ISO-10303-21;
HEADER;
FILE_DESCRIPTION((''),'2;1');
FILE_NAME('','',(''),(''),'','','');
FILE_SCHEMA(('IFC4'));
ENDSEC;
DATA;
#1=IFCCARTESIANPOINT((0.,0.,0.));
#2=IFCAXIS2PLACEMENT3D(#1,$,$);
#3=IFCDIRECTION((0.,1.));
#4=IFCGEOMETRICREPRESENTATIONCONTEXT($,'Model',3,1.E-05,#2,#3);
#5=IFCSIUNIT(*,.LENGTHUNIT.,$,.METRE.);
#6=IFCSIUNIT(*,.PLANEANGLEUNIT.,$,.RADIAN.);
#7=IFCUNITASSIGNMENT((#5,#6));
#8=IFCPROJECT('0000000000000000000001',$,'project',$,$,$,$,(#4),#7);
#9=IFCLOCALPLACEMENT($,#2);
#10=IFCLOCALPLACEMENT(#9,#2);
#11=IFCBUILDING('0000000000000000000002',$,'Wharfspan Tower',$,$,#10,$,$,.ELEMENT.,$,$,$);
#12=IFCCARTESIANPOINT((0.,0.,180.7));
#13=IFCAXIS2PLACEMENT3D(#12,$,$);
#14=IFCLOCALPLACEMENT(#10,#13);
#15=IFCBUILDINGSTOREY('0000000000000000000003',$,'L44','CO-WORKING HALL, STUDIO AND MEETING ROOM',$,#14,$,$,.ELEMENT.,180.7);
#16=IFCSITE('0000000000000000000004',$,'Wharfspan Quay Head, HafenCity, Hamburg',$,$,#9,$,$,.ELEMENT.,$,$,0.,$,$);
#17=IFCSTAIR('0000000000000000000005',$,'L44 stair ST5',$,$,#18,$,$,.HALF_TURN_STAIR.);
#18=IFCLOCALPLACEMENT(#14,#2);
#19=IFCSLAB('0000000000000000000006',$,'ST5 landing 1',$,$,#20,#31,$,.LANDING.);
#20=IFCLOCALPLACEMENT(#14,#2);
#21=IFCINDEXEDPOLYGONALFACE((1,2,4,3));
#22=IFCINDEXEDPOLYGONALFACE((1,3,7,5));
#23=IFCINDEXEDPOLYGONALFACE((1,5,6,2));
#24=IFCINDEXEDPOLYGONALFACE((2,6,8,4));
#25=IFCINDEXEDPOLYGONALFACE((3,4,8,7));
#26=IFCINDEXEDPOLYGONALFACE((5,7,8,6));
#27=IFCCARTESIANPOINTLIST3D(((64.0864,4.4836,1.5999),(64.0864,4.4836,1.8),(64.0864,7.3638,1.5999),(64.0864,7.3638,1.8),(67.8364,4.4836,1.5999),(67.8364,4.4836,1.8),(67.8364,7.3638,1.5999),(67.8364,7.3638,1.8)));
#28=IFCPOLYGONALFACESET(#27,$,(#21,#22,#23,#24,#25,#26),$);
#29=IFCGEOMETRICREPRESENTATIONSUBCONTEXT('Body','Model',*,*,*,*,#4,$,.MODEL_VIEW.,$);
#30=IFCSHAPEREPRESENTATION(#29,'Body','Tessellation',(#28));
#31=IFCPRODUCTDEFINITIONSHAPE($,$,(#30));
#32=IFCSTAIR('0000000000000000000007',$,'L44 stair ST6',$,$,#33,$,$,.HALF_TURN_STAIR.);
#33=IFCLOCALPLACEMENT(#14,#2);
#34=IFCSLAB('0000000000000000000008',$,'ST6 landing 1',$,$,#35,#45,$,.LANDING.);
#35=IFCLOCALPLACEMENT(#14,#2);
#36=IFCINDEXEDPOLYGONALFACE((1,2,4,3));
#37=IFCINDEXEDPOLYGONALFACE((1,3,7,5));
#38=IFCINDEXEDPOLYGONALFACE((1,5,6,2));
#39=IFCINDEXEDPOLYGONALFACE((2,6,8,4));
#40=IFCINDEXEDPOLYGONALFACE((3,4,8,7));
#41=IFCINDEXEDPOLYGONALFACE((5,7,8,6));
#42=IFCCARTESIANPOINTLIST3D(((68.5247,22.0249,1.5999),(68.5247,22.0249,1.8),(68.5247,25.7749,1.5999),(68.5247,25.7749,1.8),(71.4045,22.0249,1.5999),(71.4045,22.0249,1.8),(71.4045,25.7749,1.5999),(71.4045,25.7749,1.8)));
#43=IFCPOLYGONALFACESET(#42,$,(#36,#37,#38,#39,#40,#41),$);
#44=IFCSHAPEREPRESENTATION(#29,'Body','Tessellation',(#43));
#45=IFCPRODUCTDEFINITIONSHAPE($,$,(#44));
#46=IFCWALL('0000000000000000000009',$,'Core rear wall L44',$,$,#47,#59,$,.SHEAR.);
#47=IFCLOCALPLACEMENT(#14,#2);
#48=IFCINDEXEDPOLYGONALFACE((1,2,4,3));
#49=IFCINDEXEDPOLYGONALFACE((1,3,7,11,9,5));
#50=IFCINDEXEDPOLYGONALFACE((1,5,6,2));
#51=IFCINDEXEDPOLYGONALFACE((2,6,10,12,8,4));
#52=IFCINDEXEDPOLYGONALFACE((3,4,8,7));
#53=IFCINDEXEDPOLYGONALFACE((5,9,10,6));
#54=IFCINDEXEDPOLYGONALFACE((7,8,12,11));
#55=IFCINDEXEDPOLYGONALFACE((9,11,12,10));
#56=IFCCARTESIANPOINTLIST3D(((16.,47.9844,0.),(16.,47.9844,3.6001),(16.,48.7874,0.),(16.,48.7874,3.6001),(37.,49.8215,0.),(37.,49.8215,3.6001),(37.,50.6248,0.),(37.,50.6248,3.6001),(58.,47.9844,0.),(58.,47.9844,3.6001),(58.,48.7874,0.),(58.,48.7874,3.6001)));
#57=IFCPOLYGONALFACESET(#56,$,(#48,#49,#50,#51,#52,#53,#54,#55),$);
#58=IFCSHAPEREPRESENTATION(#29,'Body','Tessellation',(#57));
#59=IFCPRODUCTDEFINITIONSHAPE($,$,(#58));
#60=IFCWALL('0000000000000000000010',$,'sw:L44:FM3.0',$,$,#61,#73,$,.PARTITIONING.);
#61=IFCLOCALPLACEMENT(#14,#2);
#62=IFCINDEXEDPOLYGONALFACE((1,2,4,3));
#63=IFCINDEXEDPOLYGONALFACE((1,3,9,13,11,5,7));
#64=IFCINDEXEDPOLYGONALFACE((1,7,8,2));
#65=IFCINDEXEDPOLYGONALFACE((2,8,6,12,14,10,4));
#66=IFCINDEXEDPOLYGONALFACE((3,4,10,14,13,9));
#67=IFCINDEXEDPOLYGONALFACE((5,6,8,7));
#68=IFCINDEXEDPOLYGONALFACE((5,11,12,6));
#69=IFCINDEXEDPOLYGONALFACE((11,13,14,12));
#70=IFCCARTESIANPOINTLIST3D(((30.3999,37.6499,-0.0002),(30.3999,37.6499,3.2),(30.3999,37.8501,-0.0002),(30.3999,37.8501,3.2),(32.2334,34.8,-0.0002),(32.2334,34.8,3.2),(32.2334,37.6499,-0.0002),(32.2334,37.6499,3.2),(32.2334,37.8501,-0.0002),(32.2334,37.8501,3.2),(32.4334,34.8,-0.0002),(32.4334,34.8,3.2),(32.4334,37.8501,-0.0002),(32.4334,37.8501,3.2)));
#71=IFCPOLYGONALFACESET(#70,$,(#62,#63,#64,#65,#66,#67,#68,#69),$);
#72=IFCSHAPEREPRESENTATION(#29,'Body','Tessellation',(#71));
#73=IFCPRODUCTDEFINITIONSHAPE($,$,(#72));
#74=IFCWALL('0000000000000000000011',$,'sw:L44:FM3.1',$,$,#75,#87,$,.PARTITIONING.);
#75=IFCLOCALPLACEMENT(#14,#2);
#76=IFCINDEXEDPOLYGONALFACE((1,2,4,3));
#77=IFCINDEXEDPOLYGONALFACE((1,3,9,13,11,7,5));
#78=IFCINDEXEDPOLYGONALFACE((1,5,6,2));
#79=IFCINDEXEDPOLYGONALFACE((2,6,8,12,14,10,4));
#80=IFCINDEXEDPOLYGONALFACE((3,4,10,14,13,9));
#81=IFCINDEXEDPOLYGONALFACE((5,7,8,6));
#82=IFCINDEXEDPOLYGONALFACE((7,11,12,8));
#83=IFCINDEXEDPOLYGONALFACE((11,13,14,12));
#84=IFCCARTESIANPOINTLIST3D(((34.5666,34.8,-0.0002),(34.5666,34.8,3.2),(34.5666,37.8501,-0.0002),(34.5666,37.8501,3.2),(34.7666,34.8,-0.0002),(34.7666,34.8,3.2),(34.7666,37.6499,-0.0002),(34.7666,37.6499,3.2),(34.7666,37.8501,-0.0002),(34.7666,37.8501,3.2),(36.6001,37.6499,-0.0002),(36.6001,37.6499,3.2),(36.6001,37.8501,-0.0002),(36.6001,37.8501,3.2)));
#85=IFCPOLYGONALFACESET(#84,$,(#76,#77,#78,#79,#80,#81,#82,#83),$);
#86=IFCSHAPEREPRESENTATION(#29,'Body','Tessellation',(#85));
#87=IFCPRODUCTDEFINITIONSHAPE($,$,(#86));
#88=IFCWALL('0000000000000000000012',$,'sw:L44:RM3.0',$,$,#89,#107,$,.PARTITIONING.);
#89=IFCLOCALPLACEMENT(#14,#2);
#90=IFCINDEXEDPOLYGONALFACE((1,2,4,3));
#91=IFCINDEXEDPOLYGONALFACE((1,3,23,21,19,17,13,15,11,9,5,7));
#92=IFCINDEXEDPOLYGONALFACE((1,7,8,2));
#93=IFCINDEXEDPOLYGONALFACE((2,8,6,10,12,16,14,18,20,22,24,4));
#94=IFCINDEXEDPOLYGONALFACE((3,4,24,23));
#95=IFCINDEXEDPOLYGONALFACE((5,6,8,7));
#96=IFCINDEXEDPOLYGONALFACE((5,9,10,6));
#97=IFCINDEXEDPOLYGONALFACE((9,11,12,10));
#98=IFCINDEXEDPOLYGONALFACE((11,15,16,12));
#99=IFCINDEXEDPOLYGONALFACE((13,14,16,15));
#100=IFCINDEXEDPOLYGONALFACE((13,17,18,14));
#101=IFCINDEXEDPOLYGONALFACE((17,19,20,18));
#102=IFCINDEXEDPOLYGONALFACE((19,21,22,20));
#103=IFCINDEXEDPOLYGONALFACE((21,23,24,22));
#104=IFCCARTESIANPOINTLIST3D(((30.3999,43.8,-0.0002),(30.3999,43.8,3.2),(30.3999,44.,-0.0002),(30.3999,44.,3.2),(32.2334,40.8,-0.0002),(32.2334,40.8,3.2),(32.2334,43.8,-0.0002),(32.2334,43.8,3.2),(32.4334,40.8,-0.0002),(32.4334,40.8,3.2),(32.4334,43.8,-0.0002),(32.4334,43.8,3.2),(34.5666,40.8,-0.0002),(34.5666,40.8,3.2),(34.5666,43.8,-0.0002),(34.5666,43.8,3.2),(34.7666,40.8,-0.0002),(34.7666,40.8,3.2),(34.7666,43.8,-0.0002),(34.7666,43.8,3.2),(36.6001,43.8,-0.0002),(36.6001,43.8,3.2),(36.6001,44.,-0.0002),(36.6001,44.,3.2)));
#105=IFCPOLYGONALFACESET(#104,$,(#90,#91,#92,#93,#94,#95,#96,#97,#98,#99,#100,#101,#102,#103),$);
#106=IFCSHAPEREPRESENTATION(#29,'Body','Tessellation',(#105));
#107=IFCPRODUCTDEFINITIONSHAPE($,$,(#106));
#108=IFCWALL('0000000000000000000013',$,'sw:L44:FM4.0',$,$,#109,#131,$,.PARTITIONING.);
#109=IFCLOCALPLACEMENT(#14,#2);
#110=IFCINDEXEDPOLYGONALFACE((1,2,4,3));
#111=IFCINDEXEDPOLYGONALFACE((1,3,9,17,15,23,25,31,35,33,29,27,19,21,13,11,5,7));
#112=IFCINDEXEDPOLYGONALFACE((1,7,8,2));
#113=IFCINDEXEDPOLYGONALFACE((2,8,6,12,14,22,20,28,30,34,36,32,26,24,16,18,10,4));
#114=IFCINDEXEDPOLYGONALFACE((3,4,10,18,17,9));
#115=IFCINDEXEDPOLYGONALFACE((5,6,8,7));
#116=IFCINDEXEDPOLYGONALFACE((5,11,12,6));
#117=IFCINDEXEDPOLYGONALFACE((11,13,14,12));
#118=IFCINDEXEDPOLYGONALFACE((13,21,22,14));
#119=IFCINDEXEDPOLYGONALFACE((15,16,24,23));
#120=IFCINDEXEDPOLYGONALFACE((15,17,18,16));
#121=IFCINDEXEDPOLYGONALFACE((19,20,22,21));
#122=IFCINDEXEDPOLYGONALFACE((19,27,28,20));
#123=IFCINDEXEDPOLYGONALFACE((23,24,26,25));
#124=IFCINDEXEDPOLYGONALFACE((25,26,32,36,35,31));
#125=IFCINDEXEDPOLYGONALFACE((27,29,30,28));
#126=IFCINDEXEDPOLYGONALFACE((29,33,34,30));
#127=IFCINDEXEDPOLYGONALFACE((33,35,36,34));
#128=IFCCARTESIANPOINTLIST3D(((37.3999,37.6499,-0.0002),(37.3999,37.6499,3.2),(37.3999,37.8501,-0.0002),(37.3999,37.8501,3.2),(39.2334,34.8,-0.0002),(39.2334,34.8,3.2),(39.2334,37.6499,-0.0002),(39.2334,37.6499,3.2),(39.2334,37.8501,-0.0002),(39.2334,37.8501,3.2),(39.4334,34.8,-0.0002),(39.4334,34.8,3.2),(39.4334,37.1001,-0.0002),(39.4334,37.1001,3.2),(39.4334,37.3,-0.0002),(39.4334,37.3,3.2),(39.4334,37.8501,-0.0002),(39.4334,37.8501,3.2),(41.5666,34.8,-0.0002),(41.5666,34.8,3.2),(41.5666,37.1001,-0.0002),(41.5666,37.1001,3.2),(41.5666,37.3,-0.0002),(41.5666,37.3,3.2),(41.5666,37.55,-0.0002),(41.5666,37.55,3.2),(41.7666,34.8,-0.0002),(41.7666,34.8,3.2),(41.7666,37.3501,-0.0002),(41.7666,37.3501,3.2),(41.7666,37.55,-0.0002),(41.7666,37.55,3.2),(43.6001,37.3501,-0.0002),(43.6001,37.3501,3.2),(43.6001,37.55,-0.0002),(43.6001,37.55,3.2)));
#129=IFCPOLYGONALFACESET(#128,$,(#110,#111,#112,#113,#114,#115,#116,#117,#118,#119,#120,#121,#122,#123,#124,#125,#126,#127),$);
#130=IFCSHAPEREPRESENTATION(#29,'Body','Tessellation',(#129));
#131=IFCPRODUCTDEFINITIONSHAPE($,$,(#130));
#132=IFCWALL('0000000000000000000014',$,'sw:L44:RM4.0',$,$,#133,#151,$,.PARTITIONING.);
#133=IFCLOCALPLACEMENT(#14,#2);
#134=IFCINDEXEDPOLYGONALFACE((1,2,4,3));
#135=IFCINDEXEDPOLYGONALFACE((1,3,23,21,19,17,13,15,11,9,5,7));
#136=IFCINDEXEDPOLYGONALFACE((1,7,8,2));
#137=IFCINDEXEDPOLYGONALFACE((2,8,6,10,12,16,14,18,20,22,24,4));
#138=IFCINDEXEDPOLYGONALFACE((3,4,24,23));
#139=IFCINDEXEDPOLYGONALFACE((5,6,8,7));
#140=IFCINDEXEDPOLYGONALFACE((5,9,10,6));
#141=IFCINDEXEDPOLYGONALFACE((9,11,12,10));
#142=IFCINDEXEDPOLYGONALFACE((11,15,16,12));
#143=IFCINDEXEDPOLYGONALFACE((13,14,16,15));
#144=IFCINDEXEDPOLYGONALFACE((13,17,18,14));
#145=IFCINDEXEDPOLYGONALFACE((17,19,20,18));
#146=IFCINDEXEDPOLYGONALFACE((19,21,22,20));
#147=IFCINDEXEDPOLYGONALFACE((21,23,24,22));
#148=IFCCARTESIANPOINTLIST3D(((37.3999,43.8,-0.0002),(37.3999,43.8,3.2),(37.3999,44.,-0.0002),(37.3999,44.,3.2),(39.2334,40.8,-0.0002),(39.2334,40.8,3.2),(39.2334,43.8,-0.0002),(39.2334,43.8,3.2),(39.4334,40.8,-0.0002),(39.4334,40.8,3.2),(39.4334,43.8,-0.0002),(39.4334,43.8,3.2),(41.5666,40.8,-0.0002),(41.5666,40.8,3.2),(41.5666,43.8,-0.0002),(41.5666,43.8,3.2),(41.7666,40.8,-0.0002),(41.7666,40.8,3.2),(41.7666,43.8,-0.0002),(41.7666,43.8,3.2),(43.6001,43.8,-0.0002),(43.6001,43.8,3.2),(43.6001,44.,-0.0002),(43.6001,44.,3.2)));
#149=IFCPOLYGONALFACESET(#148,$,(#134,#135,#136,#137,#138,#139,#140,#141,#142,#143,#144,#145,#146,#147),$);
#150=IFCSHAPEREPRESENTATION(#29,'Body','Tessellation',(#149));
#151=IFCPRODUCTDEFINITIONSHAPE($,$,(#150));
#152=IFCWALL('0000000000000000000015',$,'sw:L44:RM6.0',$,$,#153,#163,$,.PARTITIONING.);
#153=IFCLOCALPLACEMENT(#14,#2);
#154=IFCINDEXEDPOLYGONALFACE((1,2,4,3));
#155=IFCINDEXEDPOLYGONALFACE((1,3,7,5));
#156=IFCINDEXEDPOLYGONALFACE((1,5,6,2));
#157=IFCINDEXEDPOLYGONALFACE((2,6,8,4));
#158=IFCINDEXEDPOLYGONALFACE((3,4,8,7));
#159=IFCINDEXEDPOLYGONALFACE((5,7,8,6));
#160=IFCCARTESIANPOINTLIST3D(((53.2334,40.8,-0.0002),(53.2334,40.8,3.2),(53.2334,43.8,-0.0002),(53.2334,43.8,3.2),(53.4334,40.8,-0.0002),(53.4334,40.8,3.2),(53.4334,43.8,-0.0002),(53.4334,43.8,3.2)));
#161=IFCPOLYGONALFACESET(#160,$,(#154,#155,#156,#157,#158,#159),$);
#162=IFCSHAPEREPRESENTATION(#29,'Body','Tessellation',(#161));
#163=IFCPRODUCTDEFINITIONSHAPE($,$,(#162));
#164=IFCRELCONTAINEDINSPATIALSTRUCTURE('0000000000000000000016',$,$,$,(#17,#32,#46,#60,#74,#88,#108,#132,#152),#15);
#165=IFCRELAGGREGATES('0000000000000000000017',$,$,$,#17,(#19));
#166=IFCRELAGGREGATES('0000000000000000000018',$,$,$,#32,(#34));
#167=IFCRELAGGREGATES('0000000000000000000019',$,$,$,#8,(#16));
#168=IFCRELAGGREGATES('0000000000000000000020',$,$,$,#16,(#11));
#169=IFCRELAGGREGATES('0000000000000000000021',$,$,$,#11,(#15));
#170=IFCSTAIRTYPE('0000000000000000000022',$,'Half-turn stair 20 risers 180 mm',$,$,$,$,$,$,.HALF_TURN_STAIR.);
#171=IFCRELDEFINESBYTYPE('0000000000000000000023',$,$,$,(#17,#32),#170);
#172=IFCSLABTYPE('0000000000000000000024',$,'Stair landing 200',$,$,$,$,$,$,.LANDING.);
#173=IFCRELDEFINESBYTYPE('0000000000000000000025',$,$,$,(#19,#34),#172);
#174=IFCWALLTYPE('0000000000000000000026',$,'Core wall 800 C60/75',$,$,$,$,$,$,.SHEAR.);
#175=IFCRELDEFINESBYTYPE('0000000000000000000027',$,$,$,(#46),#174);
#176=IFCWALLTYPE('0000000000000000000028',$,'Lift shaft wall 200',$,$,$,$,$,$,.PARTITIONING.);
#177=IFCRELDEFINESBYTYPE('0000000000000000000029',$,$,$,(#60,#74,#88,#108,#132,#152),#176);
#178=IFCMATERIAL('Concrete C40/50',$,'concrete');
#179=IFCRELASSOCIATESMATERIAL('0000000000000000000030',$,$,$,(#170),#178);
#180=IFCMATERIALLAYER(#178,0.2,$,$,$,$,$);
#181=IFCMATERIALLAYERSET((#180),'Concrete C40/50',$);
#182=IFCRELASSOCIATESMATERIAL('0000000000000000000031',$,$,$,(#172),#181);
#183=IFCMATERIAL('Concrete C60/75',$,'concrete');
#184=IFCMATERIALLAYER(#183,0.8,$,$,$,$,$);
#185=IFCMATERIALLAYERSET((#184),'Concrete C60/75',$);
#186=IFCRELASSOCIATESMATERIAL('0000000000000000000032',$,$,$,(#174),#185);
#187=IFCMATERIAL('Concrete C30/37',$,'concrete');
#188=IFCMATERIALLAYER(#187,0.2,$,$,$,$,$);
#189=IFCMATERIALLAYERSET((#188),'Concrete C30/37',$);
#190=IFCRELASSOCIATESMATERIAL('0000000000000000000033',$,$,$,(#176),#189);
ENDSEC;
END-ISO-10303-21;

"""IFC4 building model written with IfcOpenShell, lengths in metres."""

from ifc_helpers import new_model, si_unit, direction, frame, origin, place, context, subcontext, project, spatial, polyline, outline, extrude, material, layer, layer_set, type_object, element, aggregate, save


model = new_model("IFC4")

# Units and contexts
model_context = context("Model", 3, precision=1e-05, world=origin(), true_north=direction((0.0, 1.0)))
body_context = subcontext(model_context, "Body", "Model", "MODEL_VIEW")
ifc_project = project(units=[si_unit("LENGTHUNIT", "METRE"), si_unit("PLANEANGLEUNIT", "RADIAN")], contexts=[model_context])

# Site, building, storey
site_placement = place(None, origin())
site = spatial("IfcSite", under=ifc_project, at=site_placement, Name="Wharfspan Quay Head, HafenCity, Hamburg", CompositionType="ELEMENT", RefElevation=0.0)
building_placement = place(site_placement, origin())
building = spatial("IfcBuilding", under=site, at=building_placement, Name="Wharfspan Tower", CompositionType="ELEMENT")
storey_placement = place(building_placement, frame((0.0, 0.0, 180.7)))
storey = spatial("IfcBuildingStorey", under=building, at=storey_placement, Name="L44", Description="CO-WORKING HALL, STUDIO AND MEETING ROOM", CompositionType="ELEMENT", Elevation=180.7)

# Shared definitions
ifc_material_1 = material(Name="Concrete C40/50", Category="concrete")

# Stairs, slabs
stair_type = type_object("IfcStairType", Name="Half-turn stair 20 risers 180 mm", PredefinedType="HALF_TURN_STAIR", material=ifc_material_1)
ifc_layer_1 = layer(ifc_material_1, 0.2)
ifc_layer_set_1 = layer_set([ifc_layer_1], Name="Concrete C40/50")
slab_type_1 = type_object("IfcSlabType", Name="Stair landing 200", PredefinedType="LANDING", material=ifc_layer_set_1)
stair_1_placement = place(storey_placement, origin())
stair_1 = element("IfcStair", 1, at=stair_1_placement, inside=storey, type_object=stair_type, Name="L44 stair ST5", PredefinedType="HALF_TURN_STAIR")
slab_1_placement = place(storey_placement, frame((0.0, 0.0, 1.5999)))
slab_1 = element("IfcSlab", 2, at=slab_1_placement, type_object=slab_type_1, Name="ST5 landing 1", PredefinedType="LANDING", context=body_context, shape_type="SweptSolid", body=[
    extrude(outline(polyline([(64.0864, 7.3638), (64.0864, 4.4836), (67.8364, 4.4836), (67.8364, 7.3638), (64.0864, 7.3638)])), origin(), (0.0, 0.0, 1.0), 0.2002),
])
aggregate(stair_1, [slab_1])
stair_2_placement = place(storey_placement, origin())
stair_2 = element("IfcStair", 3, at=stair_2_placement, inside=storey, type_object=stair_type, Name="L44 stair ST6", PredefinedType="HALF_TURN_STAIR")
slab_2_placement = place(storey_placement, frame((0.0, 0.0, 1.5999)))
slab_2 = element("IfcSlab", 4, at=slab_2_placement, type_object=slab_type_1, Name="ST6 landing 1", PredefinedType="LANDING", context=body_context, shape_type="SweptSolid", body=[
    extrude(outline(polyline([(68.5247, 22.0249), (71.4045, 22.0249), (71.4045, 25.7749), (68.5247, 25.7749), (68.5247, 22.0249)])), origin(), (0.0, 0.0, 1.0), 0.2002),
])
aggregate(stair_2, [slab_2])

# Walls
ifc_material_2 = material(Name="Concrete C60/75", Category="concrete")
ifc_layer_2 = layer(ifc_material_2, 0.8)
ifc_layer_set_2 = layer_set([ifc_layer_2], Name="Concrete C60/75")
wall_type_1 = type_object("IfcWallType", Name="Core wall 800 C60/75", PredefinedType="SHEAR", material=ifc_layer_set_2)
wall_1_placement = place(storey_placement, origin())
element("IfcWall", 5, at=wall_1_placement, inside=storey, type_object=wall_type_1, Name="Core rear wall L44", PredefinedType="SHEAR", context=body_context, shape_type="SweptSolid", body=[
    extrude(outline(polyline([(16.0, 47.9844), (37.0, 49.8215), (58.0, 47.9844), (58.0, 48.7874), (37.0, 50.6248), (16.0, 48.7874), (16.0, 47.9844)])), origin(), (0.0, 0.0, 1.0), 3.6001),
])
ifc_material_3 = material(Name="Concrete C30/37", Category="concrete")
ifc_layer_3 = layer(ifc_material_3, 0.2)
ifc_layer_set_3 = layer_set([ifc_layer_3], Name="Concrete C30/37")
wall_type_2 = type_object("IfcWallType", Name="Lift shaft wall 200", PredefinedType="PARTITIONING", material=ifc_layer_set_3)
wall_2_placement = place(storey_placement, frame((0.0, 0.0, -0.0002)))
element("IfcWall", 6, at=wall_2_placement, inside=storey, type_object=wall_type_2, Name="sw:L44:FM3.0", PredefinedType="PARTITIONING", context=body_context, shape_type="SweptSolid", body=[
    extrude(outline(polyline([(32.2334, 37.6499), (30.3999, 37.6499), (30.3999, 37.8501), (32.2334, 37.8501), (32.4333, 37.8501), (32.4333, 34.8), (32.2334, 34.8), (32.2334, 37.6499)])), origin(), (0.0, 0.0, 1.0), 3.2002),
])
wall_3_placement = place(storey_placement, frame((0.0, 0.0, -0.0002)))
element("IfcWall", 7, at=wall_3_placement, inside=storey, type_object=wall_type_2, Name="sw:L44:FM3.1", PredefinedType="PARTITIONING", context=body_context, shape_type="SweptSolid", body=[
    extrude(outline(polyline([(34.5667, 37.8501), (34.7666, 37.8501), (36.6001, 37.8501), (36.6001, 37.6499), (34.7666, 37.6499), (34.7666, 34.8), (34.5667, 34.8), (34.5667, 37.8501)])), origin(), (0.0, 0.0, 1.0), 3.2002),
])
wall_4_placement = place(storey_placement, frame((0.0, 0.0, -0.0002)))
element("IfcWall", 8, at=wall_4_placement, inside=storey, type_object=wall_type_2, Name="sw:L44:RM3.0", PredefinedType="PARTITIONING", context=body_context, shape_type="SweptSolid", body=[
    extrude(outline(polyline([(32.4333, 40.8), (32.2334, 40.8), (32.2334, 43.8), (30.3999, 43.8), (30.3999, 44.0), (36.6001, 44.0), (36.6001, 43.8), (34.7666, 43.8), (34.7666, 40.8), (34.5667, 40.8), (34.5667, 43.8), (32.4333, 43.8), (32.4333, 40.8)])), origin(), (0.0, 0.0, 1.0), 3.2002),
])
wall_5_placement = place(storey_placement, frame((0.0, 0.0, -0.0002)))
element("IfcWall", 9, at=wall_5_placement, inside=storey, type_object=wall_type_2, Name="sw:L44:FM4.0", PredefinedType="PARTITIONING", context=body_context, shape_type="SweptSolid", body=[
    extrude(outline(polyline([(41.5667, 37.1001), (39.4333, 37.1001), (39.4333, 34.8), (39.2334, 34.8), (39.2334, 37.6499), (37.3999, 37.6499), (37.3999, 37.8501), (39.2334, 37.8501), (39.4333, 37.8501), (39.4333, 37.3), (41.5667, 37.3), (41.5667, 37.55), (41.7666, 37.55), (43.6001, 37.55), (43.6001, 37.3501), (41.7666, 37.3501), (41.7666, 34.8), (41.5667, 34.8), (41.5667, 37.1001)])), origin(), (0.0, 0.0, 1.0), 3.2002),
])
wall_6_placement = place(storey_placement, frame((0.0, 0.0, -0.0002)))
element("IfcWall", 10, at=wall_6_placement, inside=storey, type_object=wall_type_2, Name="sw:L44:RM4.0", PredefinedType="PARTITIONING", context=body_context, shape_type="SweptSolid", body=[
    extrude(outline(polyline([(39.4333, 40.8), (39.2334, 40.8), (39.2334, 43.8), (37.3999, 43.8), (37.3999, 44.0), (43.6001, 44.0), (43.6001, 43.8), (41.7666, 43.8), (41.7666, 40.8), (41.5667, 40.8), (41.5667, 43.8), (39.4333, 43.8), (39.4333, 40.8)])), origin(), (0.0, 0.0, 1.0), 3.2002),
])
wall_7_placement = place(storey_placement, frame((0.0, 0.0, -0.0002)))
element("IfcWall", 11, at=wall_7_placement, inside=storey, type_object=wall_type_2, Name="sw:L44:RM6.0", PredefinedType="PARTITIONING", context=body_context, shape_type="SweptSolid", body=[
    extrude(outline(polyline([(53.4333, 40.8), (53.4333, 43.8), (53.2334, 43.8), (53.2334, 40.8), (53.4333, 40.8)])), origin(), (0.0, 0.0, 1.0), 3.2002),
])

save(model, "model.ifc")
